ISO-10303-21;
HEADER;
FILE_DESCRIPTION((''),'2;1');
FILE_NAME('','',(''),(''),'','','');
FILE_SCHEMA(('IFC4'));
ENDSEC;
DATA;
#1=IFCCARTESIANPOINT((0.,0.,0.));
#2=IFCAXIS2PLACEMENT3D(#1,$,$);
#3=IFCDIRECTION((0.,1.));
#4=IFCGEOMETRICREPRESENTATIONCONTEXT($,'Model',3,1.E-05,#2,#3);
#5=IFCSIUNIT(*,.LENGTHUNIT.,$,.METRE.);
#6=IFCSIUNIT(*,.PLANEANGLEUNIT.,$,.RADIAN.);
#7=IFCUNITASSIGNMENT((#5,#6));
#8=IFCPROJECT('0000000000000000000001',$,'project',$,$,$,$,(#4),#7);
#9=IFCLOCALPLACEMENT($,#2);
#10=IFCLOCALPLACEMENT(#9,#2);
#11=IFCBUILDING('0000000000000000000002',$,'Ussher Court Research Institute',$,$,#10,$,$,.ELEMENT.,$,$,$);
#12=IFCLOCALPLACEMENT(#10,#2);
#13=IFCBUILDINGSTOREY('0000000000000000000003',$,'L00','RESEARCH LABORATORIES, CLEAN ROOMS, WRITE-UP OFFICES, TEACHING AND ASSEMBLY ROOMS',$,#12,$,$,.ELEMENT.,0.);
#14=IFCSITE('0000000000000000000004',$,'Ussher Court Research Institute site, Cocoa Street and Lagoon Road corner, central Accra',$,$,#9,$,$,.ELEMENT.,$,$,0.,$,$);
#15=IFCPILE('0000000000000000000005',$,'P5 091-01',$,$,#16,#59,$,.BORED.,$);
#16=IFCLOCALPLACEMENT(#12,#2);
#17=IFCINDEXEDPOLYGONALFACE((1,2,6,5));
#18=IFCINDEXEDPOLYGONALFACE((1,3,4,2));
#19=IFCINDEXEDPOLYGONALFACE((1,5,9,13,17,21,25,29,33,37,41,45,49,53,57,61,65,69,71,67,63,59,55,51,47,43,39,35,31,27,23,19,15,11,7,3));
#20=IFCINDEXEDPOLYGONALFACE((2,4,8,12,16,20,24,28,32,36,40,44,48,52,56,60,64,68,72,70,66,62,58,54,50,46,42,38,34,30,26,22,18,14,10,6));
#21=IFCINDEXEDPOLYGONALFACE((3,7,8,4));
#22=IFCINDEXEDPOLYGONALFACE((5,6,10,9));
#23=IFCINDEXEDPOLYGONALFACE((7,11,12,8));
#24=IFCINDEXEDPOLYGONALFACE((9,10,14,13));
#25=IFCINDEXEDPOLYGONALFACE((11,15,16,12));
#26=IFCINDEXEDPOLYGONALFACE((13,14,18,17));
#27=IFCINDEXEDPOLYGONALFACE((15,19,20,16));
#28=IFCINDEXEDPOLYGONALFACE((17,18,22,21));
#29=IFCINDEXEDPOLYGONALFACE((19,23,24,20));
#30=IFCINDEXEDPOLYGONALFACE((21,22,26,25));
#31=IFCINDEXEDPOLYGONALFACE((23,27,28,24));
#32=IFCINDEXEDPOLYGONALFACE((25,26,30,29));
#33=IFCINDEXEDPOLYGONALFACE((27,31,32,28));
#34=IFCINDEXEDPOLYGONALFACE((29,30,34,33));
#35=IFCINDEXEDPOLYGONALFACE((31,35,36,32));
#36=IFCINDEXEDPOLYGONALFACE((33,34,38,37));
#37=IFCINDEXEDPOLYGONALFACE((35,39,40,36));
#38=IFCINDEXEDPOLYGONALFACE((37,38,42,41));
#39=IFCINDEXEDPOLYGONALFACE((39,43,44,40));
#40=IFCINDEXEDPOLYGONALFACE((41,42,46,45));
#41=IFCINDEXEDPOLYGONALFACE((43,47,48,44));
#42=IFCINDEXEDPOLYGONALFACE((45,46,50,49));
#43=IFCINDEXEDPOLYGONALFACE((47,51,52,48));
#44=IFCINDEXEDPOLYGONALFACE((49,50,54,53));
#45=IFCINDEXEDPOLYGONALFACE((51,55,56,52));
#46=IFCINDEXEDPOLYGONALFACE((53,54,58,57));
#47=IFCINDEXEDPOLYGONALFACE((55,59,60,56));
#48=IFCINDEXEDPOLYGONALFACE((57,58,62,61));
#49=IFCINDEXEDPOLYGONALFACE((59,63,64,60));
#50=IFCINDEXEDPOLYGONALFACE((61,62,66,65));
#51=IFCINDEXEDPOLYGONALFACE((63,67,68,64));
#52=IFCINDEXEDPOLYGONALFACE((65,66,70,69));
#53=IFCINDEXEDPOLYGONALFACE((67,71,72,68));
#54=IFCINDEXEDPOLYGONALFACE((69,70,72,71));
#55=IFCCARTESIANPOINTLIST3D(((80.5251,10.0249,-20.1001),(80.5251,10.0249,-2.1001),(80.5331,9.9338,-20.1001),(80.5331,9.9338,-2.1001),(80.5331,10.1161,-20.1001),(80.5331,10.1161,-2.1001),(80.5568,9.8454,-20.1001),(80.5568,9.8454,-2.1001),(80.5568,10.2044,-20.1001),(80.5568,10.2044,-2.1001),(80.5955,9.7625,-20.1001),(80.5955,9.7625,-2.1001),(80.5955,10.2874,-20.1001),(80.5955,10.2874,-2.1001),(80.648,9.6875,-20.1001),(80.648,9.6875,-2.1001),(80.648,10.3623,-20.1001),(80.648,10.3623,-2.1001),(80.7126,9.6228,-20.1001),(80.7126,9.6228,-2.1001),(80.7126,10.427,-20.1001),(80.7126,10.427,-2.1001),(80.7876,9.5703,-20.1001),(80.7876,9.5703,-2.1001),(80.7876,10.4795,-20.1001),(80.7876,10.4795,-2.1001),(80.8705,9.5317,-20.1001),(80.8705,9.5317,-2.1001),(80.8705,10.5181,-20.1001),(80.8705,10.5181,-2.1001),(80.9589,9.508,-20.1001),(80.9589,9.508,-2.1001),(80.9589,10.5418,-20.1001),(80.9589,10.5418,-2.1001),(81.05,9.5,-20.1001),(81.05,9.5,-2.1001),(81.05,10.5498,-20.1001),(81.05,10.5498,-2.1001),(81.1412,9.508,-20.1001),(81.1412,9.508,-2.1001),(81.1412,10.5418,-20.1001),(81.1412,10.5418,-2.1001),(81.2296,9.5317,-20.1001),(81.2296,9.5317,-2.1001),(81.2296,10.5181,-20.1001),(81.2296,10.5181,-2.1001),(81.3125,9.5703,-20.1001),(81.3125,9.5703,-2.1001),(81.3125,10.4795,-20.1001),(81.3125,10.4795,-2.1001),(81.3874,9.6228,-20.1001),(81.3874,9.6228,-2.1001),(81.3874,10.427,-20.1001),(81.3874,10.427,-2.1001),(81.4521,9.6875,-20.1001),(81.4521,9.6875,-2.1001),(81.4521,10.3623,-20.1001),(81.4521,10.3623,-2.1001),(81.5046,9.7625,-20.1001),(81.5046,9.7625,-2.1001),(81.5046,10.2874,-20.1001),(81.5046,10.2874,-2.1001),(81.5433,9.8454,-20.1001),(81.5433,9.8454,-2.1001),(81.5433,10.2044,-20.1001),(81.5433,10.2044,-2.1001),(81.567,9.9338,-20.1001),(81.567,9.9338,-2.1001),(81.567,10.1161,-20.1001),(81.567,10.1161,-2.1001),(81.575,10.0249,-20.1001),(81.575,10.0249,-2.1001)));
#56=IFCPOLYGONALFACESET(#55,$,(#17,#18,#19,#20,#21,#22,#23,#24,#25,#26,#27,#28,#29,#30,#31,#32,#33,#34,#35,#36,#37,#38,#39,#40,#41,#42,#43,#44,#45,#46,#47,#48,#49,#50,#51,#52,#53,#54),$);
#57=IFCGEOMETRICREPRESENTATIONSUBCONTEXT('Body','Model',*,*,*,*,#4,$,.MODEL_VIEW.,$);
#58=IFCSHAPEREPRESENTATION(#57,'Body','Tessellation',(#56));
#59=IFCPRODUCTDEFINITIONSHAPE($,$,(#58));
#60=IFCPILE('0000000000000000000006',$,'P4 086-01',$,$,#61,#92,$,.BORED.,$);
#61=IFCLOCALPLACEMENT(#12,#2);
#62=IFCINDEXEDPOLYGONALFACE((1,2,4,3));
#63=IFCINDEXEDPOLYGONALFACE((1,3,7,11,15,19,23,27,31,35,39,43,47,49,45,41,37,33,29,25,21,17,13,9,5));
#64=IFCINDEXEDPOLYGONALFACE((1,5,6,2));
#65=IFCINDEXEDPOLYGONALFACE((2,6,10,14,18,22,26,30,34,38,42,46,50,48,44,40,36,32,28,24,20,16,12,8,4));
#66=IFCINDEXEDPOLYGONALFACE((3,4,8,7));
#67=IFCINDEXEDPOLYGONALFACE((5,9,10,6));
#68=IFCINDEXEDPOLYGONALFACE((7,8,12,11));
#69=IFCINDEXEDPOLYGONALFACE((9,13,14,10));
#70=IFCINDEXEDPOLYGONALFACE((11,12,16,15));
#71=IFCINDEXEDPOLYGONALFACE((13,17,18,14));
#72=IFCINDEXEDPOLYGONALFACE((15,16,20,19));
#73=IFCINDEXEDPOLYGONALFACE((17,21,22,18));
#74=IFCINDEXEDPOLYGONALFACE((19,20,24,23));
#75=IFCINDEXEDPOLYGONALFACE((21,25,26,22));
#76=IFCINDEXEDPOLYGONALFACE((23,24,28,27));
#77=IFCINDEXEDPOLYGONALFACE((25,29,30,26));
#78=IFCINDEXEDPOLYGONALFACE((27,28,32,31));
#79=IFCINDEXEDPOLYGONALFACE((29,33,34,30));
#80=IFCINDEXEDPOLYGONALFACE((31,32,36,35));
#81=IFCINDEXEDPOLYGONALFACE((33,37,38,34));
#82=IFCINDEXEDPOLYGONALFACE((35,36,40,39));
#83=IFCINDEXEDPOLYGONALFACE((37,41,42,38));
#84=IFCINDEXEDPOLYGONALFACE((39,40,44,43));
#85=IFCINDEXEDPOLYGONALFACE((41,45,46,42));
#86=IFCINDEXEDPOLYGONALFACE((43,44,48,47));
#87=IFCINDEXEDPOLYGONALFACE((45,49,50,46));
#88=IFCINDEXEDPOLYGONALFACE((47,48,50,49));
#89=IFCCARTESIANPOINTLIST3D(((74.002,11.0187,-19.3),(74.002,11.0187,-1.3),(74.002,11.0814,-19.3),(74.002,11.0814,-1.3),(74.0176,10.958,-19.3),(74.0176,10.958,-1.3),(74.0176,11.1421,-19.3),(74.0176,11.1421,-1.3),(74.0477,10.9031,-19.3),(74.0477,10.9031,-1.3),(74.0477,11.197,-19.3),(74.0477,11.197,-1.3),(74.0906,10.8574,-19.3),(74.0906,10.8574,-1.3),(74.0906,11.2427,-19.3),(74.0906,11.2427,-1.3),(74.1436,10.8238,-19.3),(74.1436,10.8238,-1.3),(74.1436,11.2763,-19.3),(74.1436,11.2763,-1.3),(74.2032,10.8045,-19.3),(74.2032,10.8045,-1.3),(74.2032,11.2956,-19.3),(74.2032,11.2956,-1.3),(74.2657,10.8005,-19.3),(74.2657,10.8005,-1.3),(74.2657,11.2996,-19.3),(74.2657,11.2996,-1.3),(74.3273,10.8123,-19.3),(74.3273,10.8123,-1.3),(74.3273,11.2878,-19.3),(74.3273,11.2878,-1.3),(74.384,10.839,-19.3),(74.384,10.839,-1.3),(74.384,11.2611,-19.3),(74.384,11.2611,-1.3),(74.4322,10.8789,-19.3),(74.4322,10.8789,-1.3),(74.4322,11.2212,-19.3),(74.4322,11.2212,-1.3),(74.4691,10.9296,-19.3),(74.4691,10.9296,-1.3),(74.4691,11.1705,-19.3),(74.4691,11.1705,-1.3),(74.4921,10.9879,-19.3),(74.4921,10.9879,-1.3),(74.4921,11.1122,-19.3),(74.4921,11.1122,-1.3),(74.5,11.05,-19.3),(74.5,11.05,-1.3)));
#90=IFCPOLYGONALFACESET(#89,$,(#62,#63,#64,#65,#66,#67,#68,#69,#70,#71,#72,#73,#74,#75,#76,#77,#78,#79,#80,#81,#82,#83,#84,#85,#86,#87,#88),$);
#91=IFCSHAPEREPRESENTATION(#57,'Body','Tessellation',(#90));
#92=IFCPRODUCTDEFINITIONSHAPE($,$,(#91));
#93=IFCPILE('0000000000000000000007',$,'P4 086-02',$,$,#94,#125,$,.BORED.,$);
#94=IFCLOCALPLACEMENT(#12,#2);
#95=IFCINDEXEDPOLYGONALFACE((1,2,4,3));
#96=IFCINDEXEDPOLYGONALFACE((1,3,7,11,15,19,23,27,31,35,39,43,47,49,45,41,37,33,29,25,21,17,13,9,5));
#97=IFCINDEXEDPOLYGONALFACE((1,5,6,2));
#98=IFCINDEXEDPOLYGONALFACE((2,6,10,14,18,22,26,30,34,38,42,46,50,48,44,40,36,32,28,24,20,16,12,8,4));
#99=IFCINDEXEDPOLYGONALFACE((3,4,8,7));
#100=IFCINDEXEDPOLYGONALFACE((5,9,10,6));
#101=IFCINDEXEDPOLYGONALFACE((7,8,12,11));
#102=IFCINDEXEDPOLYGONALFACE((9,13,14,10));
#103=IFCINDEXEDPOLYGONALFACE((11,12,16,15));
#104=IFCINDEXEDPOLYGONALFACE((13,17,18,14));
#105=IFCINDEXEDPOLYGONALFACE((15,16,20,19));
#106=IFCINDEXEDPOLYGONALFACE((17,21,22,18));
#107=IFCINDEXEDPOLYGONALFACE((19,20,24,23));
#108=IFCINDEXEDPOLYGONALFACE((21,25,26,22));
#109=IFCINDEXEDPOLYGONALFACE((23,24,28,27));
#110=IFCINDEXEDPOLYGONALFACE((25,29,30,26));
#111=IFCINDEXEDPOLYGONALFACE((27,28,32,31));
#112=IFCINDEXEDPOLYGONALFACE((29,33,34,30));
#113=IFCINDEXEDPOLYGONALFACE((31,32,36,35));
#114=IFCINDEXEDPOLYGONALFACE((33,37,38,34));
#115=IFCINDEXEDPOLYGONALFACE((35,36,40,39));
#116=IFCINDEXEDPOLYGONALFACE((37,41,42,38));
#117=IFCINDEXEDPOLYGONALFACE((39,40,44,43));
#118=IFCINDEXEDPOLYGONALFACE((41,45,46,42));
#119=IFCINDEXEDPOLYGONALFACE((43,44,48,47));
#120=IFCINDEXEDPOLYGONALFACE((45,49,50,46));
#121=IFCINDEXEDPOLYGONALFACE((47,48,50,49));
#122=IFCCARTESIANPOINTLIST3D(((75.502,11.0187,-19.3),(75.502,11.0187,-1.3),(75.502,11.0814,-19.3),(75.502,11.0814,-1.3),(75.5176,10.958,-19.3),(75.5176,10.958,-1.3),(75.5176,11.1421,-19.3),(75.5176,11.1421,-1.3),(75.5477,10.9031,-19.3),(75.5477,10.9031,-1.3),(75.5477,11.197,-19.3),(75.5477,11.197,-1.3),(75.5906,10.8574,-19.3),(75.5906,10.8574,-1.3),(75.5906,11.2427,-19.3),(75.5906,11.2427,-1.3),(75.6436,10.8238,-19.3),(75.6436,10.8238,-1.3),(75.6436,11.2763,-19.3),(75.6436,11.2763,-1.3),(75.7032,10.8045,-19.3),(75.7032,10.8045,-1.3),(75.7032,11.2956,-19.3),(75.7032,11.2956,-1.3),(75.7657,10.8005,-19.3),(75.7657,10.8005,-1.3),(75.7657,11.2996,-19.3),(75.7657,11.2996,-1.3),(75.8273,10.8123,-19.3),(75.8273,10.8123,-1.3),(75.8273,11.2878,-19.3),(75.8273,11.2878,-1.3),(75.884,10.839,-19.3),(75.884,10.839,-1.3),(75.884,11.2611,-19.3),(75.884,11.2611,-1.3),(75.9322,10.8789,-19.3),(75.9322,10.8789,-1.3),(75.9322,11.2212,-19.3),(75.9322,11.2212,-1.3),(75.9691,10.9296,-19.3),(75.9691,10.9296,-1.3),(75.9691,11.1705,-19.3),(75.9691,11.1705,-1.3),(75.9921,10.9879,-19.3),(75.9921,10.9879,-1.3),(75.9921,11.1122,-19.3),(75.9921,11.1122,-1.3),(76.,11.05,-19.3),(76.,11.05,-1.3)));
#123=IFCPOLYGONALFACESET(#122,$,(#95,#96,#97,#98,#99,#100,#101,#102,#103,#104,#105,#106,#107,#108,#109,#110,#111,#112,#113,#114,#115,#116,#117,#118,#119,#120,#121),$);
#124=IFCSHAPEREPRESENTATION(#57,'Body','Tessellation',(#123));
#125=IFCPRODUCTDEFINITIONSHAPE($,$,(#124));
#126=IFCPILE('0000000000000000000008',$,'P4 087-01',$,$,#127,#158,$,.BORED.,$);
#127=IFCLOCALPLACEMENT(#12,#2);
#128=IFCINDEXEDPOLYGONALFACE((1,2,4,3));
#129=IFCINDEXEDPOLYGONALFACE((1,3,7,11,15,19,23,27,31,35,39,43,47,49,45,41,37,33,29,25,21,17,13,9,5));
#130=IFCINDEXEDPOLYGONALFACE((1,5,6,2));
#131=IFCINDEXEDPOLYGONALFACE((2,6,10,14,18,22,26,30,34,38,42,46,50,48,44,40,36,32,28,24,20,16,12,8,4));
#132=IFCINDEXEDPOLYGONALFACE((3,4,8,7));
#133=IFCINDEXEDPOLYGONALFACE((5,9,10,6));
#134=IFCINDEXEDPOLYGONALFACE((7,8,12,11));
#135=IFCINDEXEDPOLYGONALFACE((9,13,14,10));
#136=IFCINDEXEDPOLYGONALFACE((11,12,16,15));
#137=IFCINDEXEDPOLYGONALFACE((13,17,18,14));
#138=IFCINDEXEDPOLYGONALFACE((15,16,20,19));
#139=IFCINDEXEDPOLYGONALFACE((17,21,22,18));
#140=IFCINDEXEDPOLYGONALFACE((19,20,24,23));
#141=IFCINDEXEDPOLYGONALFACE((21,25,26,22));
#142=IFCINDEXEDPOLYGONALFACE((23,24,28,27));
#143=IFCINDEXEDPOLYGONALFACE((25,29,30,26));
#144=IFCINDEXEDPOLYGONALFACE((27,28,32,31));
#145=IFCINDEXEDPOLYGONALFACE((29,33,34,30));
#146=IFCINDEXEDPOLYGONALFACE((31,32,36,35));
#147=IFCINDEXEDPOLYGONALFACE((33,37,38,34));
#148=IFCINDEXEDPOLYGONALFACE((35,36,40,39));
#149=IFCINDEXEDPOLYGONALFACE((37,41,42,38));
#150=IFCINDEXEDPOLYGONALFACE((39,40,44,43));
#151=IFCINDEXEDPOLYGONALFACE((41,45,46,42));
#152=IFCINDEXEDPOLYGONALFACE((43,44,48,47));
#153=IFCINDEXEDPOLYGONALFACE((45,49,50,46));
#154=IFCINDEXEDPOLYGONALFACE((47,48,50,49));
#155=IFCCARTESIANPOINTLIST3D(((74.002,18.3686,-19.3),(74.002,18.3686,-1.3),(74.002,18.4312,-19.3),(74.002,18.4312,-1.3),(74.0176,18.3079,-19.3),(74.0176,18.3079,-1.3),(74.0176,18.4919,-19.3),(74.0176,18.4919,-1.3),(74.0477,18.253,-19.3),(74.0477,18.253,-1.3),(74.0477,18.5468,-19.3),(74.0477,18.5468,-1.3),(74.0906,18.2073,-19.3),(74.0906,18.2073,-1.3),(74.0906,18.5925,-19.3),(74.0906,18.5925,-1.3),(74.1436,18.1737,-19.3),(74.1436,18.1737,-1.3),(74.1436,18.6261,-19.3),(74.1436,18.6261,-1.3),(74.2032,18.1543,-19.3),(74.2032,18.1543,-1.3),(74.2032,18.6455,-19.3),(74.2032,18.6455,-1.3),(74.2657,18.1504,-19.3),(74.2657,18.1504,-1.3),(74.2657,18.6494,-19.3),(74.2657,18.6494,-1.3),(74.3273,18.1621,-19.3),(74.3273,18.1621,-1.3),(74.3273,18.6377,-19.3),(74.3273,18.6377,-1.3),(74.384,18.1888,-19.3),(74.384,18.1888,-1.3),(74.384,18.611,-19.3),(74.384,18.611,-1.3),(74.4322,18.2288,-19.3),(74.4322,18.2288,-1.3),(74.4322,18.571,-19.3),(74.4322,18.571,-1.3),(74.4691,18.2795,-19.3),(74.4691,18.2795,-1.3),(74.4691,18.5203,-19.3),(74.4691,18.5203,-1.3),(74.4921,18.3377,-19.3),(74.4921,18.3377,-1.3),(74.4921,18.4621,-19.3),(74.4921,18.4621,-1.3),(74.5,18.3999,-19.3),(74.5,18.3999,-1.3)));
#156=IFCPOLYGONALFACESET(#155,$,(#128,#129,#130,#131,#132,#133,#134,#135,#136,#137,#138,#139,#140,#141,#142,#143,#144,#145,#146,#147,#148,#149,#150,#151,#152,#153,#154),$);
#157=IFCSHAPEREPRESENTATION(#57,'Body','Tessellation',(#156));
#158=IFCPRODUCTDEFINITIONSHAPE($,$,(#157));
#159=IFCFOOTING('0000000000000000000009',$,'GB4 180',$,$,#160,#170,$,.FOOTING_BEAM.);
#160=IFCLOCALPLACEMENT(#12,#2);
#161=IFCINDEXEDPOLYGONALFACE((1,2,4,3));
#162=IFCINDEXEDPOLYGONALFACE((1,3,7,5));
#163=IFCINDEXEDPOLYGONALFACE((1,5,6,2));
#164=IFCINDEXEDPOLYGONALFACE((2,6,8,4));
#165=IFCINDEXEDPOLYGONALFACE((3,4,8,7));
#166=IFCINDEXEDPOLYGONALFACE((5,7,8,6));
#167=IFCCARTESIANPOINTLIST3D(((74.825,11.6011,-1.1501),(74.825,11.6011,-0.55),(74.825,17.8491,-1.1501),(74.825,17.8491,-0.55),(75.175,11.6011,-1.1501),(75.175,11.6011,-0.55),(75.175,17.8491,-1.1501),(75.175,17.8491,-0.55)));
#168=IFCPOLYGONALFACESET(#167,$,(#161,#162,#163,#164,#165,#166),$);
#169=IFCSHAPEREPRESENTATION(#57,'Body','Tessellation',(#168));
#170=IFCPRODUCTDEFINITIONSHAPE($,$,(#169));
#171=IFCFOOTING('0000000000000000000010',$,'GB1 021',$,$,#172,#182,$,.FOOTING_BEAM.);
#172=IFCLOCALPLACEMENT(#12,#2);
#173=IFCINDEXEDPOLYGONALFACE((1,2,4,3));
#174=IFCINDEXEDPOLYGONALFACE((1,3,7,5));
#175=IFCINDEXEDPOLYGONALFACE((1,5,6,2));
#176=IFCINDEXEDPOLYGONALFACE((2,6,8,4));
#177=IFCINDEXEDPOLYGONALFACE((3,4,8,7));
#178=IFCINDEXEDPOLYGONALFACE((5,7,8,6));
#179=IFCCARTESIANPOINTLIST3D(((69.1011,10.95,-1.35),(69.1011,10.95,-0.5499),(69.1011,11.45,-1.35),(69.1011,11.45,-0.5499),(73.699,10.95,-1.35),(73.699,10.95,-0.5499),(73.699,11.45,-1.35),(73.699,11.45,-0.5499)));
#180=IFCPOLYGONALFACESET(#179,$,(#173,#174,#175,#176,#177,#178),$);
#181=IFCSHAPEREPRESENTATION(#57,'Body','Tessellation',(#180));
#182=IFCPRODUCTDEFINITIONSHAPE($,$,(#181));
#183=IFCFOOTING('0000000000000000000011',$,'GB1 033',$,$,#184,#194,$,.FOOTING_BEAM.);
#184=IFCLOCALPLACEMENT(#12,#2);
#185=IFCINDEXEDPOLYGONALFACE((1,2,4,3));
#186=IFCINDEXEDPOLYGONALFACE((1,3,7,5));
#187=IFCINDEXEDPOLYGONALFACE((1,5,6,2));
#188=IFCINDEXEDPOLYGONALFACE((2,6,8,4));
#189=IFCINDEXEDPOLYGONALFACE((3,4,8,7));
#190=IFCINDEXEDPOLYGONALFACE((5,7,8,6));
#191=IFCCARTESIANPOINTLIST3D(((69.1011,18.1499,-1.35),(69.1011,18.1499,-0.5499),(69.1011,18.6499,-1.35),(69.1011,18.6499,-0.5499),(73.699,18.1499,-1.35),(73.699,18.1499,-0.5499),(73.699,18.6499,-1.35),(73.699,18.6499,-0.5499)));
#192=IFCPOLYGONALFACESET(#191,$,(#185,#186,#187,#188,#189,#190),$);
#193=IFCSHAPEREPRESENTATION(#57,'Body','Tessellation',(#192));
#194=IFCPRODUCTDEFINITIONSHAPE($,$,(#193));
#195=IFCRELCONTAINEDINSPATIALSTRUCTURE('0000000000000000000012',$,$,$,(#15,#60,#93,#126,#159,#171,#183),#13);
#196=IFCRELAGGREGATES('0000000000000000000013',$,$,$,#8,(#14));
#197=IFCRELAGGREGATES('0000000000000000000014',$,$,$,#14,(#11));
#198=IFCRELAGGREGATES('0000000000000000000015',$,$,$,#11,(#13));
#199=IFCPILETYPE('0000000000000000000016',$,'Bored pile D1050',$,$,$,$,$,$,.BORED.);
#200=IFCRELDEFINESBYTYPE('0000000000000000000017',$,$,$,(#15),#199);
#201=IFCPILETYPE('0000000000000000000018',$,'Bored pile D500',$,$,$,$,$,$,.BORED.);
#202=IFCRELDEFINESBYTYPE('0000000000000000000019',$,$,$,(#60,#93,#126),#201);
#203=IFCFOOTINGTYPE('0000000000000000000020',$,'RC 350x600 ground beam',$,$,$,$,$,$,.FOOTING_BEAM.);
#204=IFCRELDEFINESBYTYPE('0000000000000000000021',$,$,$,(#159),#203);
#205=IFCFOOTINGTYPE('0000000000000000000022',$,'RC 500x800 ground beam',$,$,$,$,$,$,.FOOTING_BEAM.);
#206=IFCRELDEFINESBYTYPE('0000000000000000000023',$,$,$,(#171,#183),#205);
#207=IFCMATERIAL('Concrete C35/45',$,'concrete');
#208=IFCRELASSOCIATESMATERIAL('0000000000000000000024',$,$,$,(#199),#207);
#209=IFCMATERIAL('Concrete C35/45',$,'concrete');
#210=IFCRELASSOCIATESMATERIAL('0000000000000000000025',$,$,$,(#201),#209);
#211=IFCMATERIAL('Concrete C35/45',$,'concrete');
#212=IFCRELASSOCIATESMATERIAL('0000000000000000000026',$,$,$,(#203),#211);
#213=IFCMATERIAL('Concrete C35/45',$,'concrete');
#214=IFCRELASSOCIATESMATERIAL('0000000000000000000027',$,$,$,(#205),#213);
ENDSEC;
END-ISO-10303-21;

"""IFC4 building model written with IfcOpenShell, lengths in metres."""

from ifc_helpers import new_model, si_unit, direction, frame, origin, origin_2d, place, context, subcontext, project, spatial, rectangle, circle, extrude, material, material_profile, profile_set, type_object, element, save


model = new_model("IFC4")

# Units and contexts
model_context = context("Model", 3, precision=1e-05, world=origin(), true_north=direction((0.0, 1.0)))
body_context = subcontext(model_context, "Body", "Model", "MODEL_VIEW")
ifc_project = project(units=[si_unit("LENGTHUNIT", "METRE"), si_unit("PLANEANGLEUNIT", "RADIAN")], contexts=[model_context])

# Site, building, storey
site_placement = place(None, origin())
site = spatial("IfcSite", under=ifc_project, at=site_placement, Name="Ussher Court Research Institute site, Cocoa Street and Lagoon Road corner, central Accra", CompositionType="ELEMENT", RefElevation=0.0)
building_placement = place(site_placement, origin())
building = spatial("IfcBuilding", under=site, at=building_placement, Name="Ussher Court Research Institute", CompositionType="ELEMENT")
storey_placement = place(building_placement, origin())
storey = spatial("IfcBuildingStorey", under=building, at=storey_placement, Name="L00", Description="RESEARCH LABORATORIES, CLEAN ROOMS, WRITE-UP OFFICES, TEACHING AND ASSEMBLY ROOMS", CompositionType="ELEMENT", Elevation=0.0)

# Piles
ifc_material_1 = material(Name="Concrete C35/45", Category="concrete")
ifc_material_profile_1 = material_profile(ifc_material_1, circle(Radius=0.5249, at=origin_2d()), Name="RC D1050")
ifc_profile_set_1 = profile_set([ifc_material_profile_1], Name="Concrete C35/45")
pile_type_1 = type_object("IfcPileType", Name="Bored pile D1050", PredefinedType="BORED", material=ifc_profile_set_1)
pile_placement = place(storey_placement, frame((81.05, 10.0249, -2.1001), z_axis=(0.0, 0.0, -1.0), x_axis=(1.0, 0.0, 0.0)))
element("IfcPile", 1, at=pile_placement, inside=storey, type_object=pile_type_1, Name="P5 091-01", PredefinedType="BORED", context=body_context, shape_type="SweptSolid", body=[
    extrude(circle(Radius=0.5249, at=origin_2d()), origin(), (0.0, 0.0, 1.0), 18.0),
])
ifc_material_2 = material(Name="Concrete C35/45", Category="concrete")
ifc_material_profile_2 = material_profile(ifc_material_2, circle(Radius=0.25, at=origin_2d()), Name="RC D500")
ifc_profile_set_2 = profile_set([ifc_material_profile_2], Name="Concrete C35/45")
pile_type_2 = type_object("IfcPileType", Name="Bored pile D500", PredefinedType="BORED", material=ifc_profile_set_2)
for number, where, z_axis, x_axis, name in (
    (2, (74.25, 11.05, -1.3), (0.0, 0.0, -1.0), (1.0, 0.0, 0.0), "P4 086-01"),
    (3, (75.75, 11.05, -1.3), (0.0, 0.0, -1.0), (1.0, 0.0, 0.0), "P4 086-02"),
    (4, (74.25, 18.3999, -1.3), (0.0, 0.0, -1.0), (1.0, 0.0, 0.0), "P4 087-01"),
):
    element("IfcPile", number, at=place(storey_placement, frame(where, z_axis=z_axis, x_axis=x_axis)), inside=storey, type_object=pile_type_2, Name=name, PredefinedType="BORED", context=body_context, shape_type="SweptSolid", body=[
        extrude(circle(Radius=0.25, at=origin_2d()), origin(), (0.0, 0.0, 1.0), 18.0),
    ])

# Footings
ifc_material_3 = material(Name="Concrete C35/45", Category="concrete")
ifc_material_profile_3 = material_profile(ifc_material_3, rectangle(XDim=0.3501, YDim=0.6001, at=origin_2d()), Name="RC 350x600")
ifc_profile_set_3 = profile_set([ifc_material_profile_3], Name="Concrete C35/45")
footing_type_1 = type_object("IfcFootingType", Name="RC 350x600 ground beam", PredefinedType="FOOTING_BEAM", material=ifc_profile_set_3)
footing_1_placement = place(storey_placement, frame((75.0, 11.6011, -0.8501), z_axis=(0.0, 1.0, 0.0), x_axis=(-1.0, 0.0, 0.0)))
element("IfcFooting", 5, at=footing_1_placement, inside=storey, type_object=footing_type_1, Name="GB4 180", PredefinedType="FOOTING_BEAM", context=body_context, shape_type="SweptSolid", body=[
    extrude(rectangle(XDim=0.3501, YDim=0.6001, at=origin_2d()), origin(), (0.0, 0.0, 1.0), 6.248),
])
ifc_material_4 = material(Name="Concrete C35/45", Category="concrete")
ifc_material_profile_4 = material_profile(ifc_material_4, rectangle(XDim=0.5, YDim=0.8, at=origin_2d()), Name="RC 500x800")
ifc_profile_set_4 = profile_set([ifc_material_profile_4], Name="Concrete C35/45")
footing_type_2 = type_object("IfcFootingType", Name="RC 500x800 ground beam", PredefinedType="FOOTING_BEAM", material=ifc_profile_set_4)
for number, where, z_axis, x_axis, name in (
    (6, (69.1011, 11.2, -0.95), (1.0, 0.0, 0.0), (0.0, 1.0, 0.0), "GB1 021"),
    (7, (69.1011, 18.3999, -0.95), (1.0, 0.0, 0.0), (0.0, 1.0, 0.0), "GB1 033"),
):
    element("IfcFooting", number, at=place(storey_placement, frame(where, z_axis=z_axis, x_axis=x_axis)), inside=storey, type_object=footing_type_2, Name=name, PredefinedType="FOOTING_BEAM", context=body_context, shape_type="SweptSolid", body=[
        extrude(rectangle(XDim=0.5, YDim=0.8, at=origin_2d()), origin(), (0.0, 0.0, 1.0), 4.5979),
    ])

save(model, "model.ifc")
